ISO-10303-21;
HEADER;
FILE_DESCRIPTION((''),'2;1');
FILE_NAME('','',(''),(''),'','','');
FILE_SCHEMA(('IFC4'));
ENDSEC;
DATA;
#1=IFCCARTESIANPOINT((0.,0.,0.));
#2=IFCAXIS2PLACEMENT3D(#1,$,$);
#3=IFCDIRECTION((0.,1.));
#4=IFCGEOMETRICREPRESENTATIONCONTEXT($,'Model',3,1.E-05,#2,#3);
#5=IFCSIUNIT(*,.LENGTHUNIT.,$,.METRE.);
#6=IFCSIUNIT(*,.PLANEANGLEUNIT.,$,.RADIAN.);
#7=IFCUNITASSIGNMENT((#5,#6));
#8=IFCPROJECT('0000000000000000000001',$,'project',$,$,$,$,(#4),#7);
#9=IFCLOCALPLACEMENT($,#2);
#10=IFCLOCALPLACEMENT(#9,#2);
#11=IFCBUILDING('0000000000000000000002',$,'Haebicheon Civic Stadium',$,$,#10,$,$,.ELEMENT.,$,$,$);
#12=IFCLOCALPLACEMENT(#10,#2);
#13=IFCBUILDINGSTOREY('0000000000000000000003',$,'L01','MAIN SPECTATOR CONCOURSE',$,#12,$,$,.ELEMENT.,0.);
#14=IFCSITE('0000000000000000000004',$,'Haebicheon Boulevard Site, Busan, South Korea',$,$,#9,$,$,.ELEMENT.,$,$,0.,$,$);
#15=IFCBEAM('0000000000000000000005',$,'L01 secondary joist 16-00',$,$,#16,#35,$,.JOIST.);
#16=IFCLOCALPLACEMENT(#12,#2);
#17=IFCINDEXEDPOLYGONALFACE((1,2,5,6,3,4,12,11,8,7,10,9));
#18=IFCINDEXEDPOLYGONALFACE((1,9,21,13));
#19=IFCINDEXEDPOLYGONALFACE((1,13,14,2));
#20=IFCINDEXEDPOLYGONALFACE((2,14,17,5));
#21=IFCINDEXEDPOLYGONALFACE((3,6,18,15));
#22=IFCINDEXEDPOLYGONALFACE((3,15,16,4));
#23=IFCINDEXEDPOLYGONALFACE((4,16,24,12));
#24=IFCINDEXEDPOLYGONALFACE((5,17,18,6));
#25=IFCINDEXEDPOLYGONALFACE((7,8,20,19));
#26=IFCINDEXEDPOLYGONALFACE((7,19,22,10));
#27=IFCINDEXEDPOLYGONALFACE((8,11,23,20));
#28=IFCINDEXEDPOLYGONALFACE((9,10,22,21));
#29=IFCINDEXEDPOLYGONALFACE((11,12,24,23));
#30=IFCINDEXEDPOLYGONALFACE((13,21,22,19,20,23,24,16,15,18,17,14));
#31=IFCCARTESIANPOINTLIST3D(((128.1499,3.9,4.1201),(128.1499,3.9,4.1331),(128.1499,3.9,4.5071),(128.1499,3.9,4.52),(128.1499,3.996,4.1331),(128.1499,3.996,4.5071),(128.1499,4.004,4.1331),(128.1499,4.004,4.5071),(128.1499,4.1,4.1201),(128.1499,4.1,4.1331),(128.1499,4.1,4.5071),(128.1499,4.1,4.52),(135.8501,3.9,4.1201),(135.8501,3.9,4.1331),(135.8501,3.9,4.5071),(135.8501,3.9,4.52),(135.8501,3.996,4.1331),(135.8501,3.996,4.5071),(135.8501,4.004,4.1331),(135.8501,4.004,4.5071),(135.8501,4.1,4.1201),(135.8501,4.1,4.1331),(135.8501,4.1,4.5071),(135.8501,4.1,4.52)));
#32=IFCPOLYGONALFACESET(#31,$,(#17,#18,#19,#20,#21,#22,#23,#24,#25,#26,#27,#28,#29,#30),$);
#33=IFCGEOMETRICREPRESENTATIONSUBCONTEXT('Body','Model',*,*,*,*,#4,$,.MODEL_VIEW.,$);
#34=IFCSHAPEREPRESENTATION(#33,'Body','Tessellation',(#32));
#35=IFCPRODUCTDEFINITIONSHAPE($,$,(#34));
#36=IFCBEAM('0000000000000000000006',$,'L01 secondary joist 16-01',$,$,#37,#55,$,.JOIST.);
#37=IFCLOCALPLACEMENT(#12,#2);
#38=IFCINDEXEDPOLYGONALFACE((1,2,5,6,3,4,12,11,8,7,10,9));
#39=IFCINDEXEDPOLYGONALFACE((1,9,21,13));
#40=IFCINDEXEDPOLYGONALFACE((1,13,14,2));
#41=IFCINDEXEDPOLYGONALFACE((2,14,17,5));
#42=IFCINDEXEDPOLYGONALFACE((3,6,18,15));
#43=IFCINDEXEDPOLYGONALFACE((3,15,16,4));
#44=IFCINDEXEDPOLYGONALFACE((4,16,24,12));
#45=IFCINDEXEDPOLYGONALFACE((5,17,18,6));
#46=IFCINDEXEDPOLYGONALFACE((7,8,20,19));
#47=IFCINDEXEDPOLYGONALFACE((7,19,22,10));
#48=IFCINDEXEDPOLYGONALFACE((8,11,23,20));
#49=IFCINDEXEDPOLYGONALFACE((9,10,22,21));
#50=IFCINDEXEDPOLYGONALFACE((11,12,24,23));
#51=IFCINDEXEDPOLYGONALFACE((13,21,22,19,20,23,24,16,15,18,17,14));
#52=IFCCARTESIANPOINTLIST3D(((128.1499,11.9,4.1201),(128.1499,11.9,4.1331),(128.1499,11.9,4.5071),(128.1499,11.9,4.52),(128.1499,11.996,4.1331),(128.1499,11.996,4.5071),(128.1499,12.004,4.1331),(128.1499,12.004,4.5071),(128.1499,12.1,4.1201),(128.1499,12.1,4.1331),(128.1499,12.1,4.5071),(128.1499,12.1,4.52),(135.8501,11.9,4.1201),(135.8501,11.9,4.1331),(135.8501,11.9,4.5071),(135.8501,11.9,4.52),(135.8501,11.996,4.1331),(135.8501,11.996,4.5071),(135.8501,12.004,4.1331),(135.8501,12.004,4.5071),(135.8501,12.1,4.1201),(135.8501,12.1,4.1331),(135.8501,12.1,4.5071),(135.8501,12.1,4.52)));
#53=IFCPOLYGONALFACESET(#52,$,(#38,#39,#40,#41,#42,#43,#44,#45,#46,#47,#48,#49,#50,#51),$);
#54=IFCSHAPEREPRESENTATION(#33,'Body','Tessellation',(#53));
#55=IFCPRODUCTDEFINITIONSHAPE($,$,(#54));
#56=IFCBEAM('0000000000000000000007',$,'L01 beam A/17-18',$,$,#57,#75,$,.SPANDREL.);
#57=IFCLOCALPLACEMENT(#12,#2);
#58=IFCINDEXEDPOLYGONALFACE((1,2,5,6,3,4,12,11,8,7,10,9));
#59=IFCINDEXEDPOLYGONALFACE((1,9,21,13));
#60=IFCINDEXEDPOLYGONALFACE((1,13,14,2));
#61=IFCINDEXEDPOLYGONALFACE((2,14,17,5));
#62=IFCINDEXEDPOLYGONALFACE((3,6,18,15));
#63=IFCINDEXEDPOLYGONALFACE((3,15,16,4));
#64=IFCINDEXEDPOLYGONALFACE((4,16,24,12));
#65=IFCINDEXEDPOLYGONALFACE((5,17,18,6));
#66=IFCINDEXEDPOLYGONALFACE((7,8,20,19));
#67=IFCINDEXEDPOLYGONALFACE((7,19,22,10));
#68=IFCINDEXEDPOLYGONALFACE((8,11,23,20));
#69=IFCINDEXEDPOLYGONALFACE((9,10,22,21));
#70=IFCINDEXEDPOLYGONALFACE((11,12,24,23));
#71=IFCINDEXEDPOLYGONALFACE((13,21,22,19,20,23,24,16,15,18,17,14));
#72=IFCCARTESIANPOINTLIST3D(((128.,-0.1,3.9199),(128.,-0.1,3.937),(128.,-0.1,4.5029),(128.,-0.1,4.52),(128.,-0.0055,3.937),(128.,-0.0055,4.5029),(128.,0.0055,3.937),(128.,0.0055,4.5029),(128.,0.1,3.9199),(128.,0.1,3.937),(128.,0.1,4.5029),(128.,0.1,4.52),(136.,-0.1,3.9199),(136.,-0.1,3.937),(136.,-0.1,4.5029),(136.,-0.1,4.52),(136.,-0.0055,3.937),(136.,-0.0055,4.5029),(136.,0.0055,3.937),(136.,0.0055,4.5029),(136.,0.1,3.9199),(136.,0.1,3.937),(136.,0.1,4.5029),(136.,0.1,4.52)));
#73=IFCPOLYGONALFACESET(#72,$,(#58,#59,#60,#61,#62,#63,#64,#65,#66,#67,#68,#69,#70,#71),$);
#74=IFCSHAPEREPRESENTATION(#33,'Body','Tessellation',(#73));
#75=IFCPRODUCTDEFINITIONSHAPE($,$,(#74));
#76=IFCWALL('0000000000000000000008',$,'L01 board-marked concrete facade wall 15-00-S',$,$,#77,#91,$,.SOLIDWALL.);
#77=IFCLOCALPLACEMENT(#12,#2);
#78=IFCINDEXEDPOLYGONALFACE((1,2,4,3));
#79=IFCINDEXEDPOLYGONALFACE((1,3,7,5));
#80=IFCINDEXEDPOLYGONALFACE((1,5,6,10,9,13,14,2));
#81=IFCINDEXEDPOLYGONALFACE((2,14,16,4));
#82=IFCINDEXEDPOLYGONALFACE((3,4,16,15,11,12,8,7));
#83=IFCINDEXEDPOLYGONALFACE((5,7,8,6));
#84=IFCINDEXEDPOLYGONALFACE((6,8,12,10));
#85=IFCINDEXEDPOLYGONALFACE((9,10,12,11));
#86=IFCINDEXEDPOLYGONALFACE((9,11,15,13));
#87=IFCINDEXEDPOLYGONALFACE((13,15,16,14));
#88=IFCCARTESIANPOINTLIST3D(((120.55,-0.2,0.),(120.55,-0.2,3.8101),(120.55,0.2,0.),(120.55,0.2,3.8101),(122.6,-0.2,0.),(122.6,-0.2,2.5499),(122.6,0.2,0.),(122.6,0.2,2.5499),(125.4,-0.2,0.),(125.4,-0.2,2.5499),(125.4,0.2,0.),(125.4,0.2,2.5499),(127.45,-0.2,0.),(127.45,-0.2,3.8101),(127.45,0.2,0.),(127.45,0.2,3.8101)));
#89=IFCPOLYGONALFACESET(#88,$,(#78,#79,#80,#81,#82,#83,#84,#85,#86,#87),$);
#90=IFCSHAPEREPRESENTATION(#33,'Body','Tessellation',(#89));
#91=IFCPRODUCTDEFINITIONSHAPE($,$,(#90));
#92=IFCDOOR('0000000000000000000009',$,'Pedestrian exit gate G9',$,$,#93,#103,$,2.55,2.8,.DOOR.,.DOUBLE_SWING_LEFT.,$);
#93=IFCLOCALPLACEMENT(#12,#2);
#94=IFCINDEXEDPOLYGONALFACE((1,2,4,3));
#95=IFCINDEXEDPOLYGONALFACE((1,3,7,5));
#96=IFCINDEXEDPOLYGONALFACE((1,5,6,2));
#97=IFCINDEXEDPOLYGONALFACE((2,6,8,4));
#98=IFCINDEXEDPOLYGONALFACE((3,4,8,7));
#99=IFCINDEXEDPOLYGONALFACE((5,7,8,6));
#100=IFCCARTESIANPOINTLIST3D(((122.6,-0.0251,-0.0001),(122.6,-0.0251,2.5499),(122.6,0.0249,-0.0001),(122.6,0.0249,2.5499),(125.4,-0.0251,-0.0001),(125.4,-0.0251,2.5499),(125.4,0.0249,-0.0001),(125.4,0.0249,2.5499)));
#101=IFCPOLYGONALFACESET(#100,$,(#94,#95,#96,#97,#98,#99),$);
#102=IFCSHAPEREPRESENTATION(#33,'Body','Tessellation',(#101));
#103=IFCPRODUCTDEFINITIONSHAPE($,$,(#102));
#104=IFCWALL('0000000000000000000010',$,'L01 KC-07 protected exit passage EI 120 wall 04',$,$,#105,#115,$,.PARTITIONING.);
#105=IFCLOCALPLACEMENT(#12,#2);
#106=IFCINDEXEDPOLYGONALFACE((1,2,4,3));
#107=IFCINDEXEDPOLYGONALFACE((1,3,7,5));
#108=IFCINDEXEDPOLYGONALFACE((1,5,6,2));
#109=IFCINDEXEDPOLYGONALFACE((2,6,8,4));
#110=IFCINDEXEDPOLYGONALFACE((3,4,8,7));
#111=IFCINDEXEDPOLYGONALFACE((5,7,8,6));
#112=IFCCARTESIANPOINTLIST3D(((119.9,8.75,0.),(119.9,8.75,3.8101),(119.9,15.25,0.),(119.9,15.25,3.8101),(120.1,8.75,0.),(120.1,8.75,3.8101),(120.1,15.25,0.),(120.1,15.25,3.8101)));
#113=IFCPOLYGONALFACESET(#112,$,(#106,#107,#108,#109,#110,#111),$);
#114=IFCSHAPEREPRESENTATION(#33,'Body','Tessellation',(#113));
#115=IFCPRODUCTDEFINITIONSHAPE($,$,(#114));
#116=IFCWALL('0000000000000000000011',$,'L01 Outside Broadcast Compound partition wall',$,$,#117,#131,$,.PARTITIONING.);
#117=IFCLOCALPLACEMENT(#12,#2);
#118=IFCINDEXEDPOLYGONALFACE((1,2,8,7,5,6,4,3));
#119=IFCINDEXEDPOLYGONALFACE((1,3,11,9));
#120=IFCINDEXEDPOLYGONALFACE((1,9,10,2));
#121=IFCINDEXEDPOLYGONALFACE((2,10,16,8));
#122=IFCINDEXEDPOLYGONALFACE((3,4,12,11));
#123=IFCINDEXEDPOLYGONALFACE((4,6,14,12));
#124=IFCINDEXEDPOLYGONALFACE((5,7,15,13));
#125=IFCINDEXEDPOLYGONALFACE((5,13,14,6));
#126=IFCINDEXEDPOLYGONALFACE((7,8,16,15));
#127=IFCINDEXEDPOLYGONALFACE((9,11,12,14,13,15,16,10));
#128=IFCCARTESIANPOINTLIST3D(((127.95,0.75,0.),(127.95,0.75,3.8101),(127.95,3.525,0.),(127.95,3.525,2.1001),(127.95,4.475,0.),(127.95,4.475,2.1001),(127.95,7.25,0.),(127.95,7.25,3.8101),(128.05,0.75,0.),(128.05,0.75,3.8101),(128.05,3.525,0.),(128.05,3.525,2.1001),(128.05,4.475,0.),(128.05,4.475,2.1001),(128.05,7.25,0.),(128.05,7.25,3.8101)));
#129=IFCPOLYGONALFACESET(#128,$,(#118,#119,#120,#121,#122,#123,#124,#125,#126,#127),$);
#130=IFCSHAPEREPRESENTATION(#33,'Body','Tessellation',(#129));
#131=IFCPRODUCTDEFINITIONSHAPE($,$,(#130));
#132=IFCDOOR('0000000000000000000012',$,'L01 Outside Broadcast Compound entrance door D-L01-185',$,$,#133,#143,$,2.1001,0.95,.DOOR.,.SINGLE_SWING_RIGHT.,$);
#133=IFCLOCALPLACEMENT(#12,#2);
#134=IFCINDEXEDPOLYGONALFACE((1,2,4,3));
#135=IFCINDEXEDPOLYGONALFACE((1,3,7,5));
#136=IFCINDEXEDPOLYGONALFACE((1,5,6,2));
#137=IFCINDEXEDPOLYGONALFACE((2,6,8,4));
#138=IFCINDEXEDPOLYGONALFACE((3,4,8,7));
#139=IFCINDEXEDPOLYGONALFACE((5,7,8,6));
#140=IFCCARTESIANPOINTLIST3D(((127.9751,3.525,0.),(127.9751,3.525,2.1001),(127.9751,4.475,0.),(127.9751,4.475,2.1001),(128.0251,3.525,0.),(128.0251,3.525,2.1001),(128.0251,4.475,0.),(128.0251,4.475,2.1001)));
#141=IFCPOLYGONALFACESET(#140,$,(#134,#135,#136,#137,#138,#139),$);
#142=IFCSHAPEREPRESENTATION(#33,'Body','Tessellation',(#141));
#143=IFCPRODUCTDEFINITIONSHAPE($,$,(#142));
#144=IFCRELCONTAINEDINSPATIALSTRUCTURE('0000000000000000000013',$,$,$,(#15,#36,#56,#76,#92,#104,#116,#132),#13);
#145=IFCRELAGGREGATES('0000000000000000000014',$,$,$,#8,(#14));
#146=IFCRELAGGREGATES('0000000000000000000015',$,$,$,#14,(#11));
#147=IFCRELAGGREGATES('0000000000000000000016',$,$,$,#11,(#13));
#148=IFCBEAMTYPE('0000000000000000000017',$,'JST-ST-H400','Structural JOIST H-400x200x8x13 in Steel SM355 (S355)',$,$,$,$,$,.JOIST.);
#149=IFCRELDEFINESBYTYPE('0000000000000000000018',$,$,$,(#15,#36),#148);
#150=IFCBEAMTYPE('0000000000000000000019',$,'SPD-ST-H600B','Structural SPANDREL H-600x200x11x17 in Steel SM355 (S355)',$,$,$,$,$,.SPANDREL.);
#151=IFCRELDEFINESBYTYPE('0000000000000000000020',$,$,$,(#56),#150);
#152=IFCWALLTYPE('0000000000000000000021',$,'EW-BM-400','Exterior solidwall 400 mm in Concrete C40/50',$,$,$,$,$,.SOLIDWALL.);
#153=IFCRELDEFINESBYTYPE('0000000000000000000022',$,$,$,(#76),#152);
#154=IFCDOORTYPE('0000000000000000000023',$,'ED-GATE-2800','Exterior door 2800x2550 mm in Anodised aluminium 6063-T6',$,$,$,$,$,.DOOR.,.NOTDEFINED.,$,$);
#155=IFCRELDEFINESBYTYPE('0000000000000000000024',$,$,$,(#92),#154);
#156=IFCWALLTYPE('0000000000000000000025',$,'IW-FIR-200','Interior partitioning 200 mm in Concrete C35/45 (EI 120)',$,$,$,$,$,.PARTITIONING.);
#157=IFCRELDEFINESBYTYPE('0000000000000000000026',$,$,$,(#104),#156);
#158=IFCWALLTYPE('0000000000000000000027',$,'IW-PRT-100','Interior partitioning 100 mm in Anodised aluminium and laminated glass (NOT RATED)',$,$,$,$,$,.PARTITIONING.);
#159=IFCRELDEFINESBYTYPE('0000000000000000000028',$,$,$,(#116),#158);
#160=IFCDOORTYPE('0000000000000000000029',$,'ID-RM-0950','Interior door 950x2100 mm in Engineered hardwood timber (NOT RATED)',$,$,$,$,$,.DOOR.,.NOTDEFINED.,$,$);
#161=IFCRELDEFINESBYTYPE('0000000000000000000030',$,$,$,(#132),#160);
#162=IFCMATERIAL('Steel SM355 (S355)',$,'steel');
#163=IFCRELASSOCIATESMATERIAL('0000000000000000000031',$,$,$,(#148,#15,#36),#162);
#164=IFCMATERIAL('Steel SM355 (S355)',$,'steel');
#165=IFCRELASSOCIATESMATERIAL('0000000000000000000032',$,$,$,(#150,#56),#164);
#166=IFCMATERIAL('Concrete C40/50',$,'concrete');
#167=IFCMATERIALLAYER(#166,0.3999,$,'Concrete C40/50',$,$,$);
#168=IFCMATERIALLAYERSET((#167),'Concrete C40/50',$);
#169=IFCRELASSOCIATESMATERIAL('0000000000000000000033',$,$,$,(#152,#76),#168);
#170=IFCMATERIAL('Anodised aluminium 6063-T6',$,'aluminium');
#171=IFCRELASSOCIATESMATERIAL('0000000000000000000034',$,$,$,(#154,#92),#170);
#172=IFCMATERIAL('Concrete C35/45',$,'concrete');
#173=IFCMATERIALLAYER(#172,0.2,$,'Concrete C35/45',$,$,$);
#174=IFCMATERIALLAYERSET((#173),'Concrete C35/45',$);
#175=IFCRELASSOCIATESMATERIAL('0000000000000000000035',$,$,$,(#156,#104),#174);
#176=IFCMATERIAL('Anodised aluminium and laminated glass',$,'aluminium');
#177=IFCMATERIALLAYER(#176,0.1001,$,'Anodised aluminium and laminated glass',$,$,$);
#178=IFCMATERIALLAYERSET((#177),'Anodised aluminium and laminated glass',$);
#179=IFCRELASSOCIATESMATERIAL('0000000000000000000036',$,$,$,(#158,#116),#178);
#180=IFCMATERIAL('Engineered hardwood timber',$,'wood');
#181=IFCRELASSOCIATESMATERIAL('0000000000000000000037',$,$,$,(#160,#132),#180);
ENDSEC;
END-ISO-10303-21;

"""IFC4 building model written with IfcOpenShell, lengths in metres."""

from ifc_helpers import new_model, si_unit, direction, frame, frame_2d, origin, origin_2d, place, context, subcontext, project, spatial, rectangle, i_section, extrude, material, layer, layer_set, material_profile, profile_set, type_object, element, fill, save


model = new_model("IFC4")

# Units and contexts
model_context = context("Model", 3, precision=1e-05, world=origin(), true_north=direction((0.0, 1.0)))
body_context = subcontext(model_context, "Body", "Model", "MODEL_VIEW")
ifc_project = project(units=[si_unit("LENGTHUNIT", "METRE"), si_unit("PLANEANGLEUNIT", "RADIAN")], contexts=[model_context])

# Site, building, storey
site_placement = place(None, origin())
site = spatial("IfcSite", under=ifc_project, at=site_placement, Name="Haebicheon Boulevard Site, Busan, South Korea", CompositionType="ELEMENT", RefElevation=0.0)
building_placement = place(site_placement, origin())
building = spatial("IfcBuilding", under=site, at=building_placement, Name="Haebicheon Civic Stadium", CompositionType="ELEMENT")
storey_placement = place(building_placement, origin())
storey = spatial("IfcBuildingStorey", under=building, at=storey_placement, Name="L01", Description="MAIN SPECTATOR CONCOURSE", CompositionType="ELEMENT", Elevation=0.0)

# Beams
ifc_material_1 = material(Name="Steel SM355 (S355)", Category="steel")
ifc_material_profile_1 = material_profile(ifc_material_1, i_section(OverallWidth=0.2, OverallDepth=0.3999, WebThickness=0.0081, FlangeThickness=0.0129, at=origin_2d()), Name="H-400x200x8x13")
ifc_profile_set_1 = profile_set([ifc_material_profile_1], Name="Steel SM355 (S355)")
beam_type_1 = type_object("IfcBeamType", Name="JST-ST-H400", Description="Structural JOIST H-400x200x8x13 in Steel SM355 (S355)", PredefinedType="JOIST", material=ifc_profile_set_1)
for number, where, z_axis, x_axis, name in (
    (1, (128.1499, 4.0, 4.3201), (1.0, 0.0, 0.0), (0.0, 1.0, 0.0), "L01 secondary joist 16-00"),
    (2, (128.1499, 12.0, 4.3201), (1.0, 0.0, 0.0), (0.0, 1.0, 0.0), "L01 secondary joist 16-01"),
):
    element("IfcBeam", number, at=place(storey_placement, frame(where, z_axis=z_axis, x_axis=x_axis)), inside=storey, type_object=beam_type_1, material=ifc_profile_set_1, Name=name, PredefinedType="JOIST", context=body_context, shape_type="SweptSolid", body=[
        extrude(i_section(OverallWidth=0.2, OverallDepth=0.3999, WebThickness=0.0081, FlangeThickness=0.0129, at=origin_2d()), origin(), (0.0, 0.0, 1.0), 7.7002),
    ])
ifc_material_2 = material(Name="Steel SM355 (S355)", Category="steel")
ifc_material_profile_2 = material_profile(ifc_material_2, i_section(OverallWidth=0.2, OverallDepth=0.6001, WebThickness=0.011, FlangeThickness=0.0171, at=origin_2d()), Name="H-600x200x11x17")
ifc_profile_set_2 = profile_set([ifc_material_profile_2], Name="Steel SM355 (S355)")
beam_type_2 = type_object("IfcBeamType", Name="SPD-ST-H600B", Description="Structural SPANDREL H-600x200x11x17 in Steel SM355 (S355)", PredefinedType="SPANDREL", material=ifc_profile_set_2)
beam_placement = place(storey_placement, frame((128.0, 0.0, 4.22), z_axis=(1.0, 0.0, 0.0), x_axis=(0.0, 1.0, 0.0)))
element("IfcBeam", 3, at=beam_placement, inside=storey, type_object=beam_type_2, material=ifc_profile_set_2, Name="L01 beam A/17-18", PredefinedType="SPANDREL", context=body_context, shape_type="SweptSolid", body=[
    extrude(i_section(OverallWidth=0.2, OverallDepth=0.6001, WebThickness=0.011, FlangeThickness=0.0171, at=origin_2d()), origin(), (0.0, 0.0, 1.0), 8.0),
])

# Wall, opening, door
ifc_material_3 = material(Name="Concrete C40/50", Category="concrete")
ifc_layer_1 = layer(ifc_material_3, 0.3999, Name="Concrete C40/50")
ifc_layer_set_1 = layer_set([ifc_layer_1], Name="Concrete C40/50")
wall_type_1 = type_object("IfcWallType", Name="EW-BM-400", Description="Exterior solidwall 400 mm in Concrete C40/50", PredefinedType="SOLIDWALL", material=ifc_layer_set_1)
wall_1_placement = place(storey_placement, frame((120.55, 0.0, 0.0), z_axis=(0.0, 0.0, 1.0), x_axis=(1.0, 0.0, 0.0)))
wall_1 = element("IfcWall", 4, at=wall_1_placement, inside=storey, type_object=wall_type_1, material=ifc_layer_set_1, Name="L01 board-marked concrete facade wall 15-00-S", PredefinedType="SOLIDWALL", context=body_context, shape_type="SweptSolid", body=[
    extrude(rectangle(XDim=6.8999, YDim=0.3999, at=frame_2d((3.45, 0.0))), origin(), (0.0, 0.0, 1.0), 3.8101),
])
opening_1_placement = place(wall_1_placement, frame((2.05, 0.0, 0.0)))
opening_1 = element("IfcOpeningElement", 5, at=opening_1_placement, cuts=wall_1, PredefinedType="OPENING", context=body_context, shape_type="SweptSolid", body=[
    extrude(rectangle(XDim=2.8, YDim=2.55, at=frame_2d((1.3999, 1.2749))), frame((0.0, 0.21, 0.0), z_axis=(0.0, -1.0, 0.0), x_axis=(1.0, 0.0, 0.0)), (0.0, 0.0, 1.0), 0.4199),
])
ifc_material_4 = material(Name="Anodised aluminium 6063-T6", Category="aluminium")
door_type_1 = type_object("IfcDoorType", Name="ED-GATE-2800", Description="Exterior door 2800x2550 mm in Anodised aluminium 6063-T6", OperationType="NOTDEFINED", PredefinedType="DOOR", material=ifc_material_4)
door_1_placement = place(opening_1_placement, origin())
door_1 = element("IfcDoor", 6, at=door_1_placement, inside=storey, type_object=door_type_1, material=ifc_material_4, Name="Pedestrian exit gate G9", OperationType="DOUBLE_SWING_LEFT", OverallHeight=2.55, OverallWidth=2.8, PredefinedType="DOOR", context=body_context, shape_type="SweptSolid", body=[
    extrude(rectangle(XDim=2.8, YDim=2.55, at=frame_2d((1.3999, 1.2749))), frame((0.0, 0.0249, 0.0), z_axis=(0.0, -1.0, 0.0), x_axis=(1.0, 0.0, 0.0)), (0.0, 0.0, 1.0), 0.05),
])
fill(opening_1, door_1)

# Wall
ifc_material_5 = material(Name="Concrete C35/45", Category="concrete")
ifc_layer_2 = layer(ifc_material_5, 0.2, Name="Concrete C35/45")
ifc_layer_set_2 = layer_set([ifc_layer_2], Name="Concrete C35/45")
wall_type_2 = type_object("IfcWallType", Name="IW-FIR-200", Description="Interior partitioning 200 mm in Concrete C35/45 (EI 120)", PredefinedType="PARTITIONING", material=ifc_layer_set_2)
wall_2_placement = place(storey_placement, frame((120.0, 8.75, 0.0), z_axis=(0.0, 0.0, 1.0), x_axis=(0.0, 1.0, 0.0)))
element("IfcWall", 7, at=wall_2_placement, inside=storey, type_object=wall_type_2, material=ifc_layer_set_2, Name="L01 KC-07 protected exit passage EI 120 wall 04", PredefinedType="PARTITIONING", context=body_context, shape_type="SweptSolid", body=[
    extrude(rectangle(XDim=6.5, YDim=0.2, at=frame_2d((3.25, 0.0))), origin(), (0.0, 0.0, 1.0), 3.8101),
])

# Wall, opening, door
ifc_material_6 = material(Name="Anodised aluminium and laminated glass", Category="aluminium")
ifc_layer_3 = layer(ifc_material_6, 0.1001, Name="Anodised aluminium and laminated glass")
ifc_layer_set_3 = layer_set([ifc_layer_3], Name="Anodised aluminium and laminated glass")
wall_type_3 = type_object("IfcWallType", Name="IW-PRT-100", Description="Interior partitioning 100 mm in Anodised aluminium and laminated glass (NOT RATED)", PredefinedType="PARTITIONING", material=ifc_layer_set_3)
wall_3_placement = place(storey_placement, frame((128.0, 0.75, 0.0), z_axis=(0.0, 0.0, 1.0), x_axis=(0.0, 1.0, 0.0)))
wall_3 = element("IfcWall", 8, at=wall_3_placement, inside=storey, type_object=wall_type_3, material=ifc_layer_set_3, Name="L01 Outside Broadcast Compound partition wall", PredefinedType="PARTITIONING", context=body_context, shape_type="SweptSolid", body=[
    extrude(rectangle(XDim=6.5, YDim=0.1001, at=frame_2d((3.25, 0.0))), origin(), (0.0, 0.0, 1.0), 3.8101),
])
opening_2_placement = place(wall_3_placement, frame((2.7749, 0.0, 0.0)))
opening_2 = element("IfcOpeningElement", 9, at=opening_2_placement, cuts=wall_3, PredefinedType="OPENING", context=body_context, shape_type="SweptSolid", body=[
    extrude(rectangle(XDim=0.95, YDim=2.1001, at=frame_2d((0.4751, 1.05))), frame((0.0, 0.0601, 0.0), z_axis=(0.0, -1.0, 0.0), x_axis=(1.0, 0.0, 0.0)), (0.0, 0.0, 1.0), 0.1201),
])
ifc_material_7 = material(Name="Engineered hardwood timber", Category="wood")
door_type_2 = type_object("IfcDoorType", Name="ID-RM-0950", Description="Interior door 950x2100 mm in Engineered hardwood timber (NOT RATED)", OperationType="NOTDEFINED", PredefinedType="DOOR", material=ifc_material_7)
door_2_placement = place(opening_2_placement, origin())
door_2 = element("IfcDoor", 10, at=door_2_placement, inside=storey, type_object=door_type_2, material=ifc_material_7, Name="L01 Outside Broadcast Compound entrance door D-L01-185", OperationType="SINGLE_SWING_RIGHT", OverallHeight=2.1001, OverallWidth=0.95, PredefinedType="DOOR", context=body_context, shape_type="SweptSolid", body=[
    extrude(rectangle(XDim=0.95, YDim=2.1001, at=frame_2d((0.4751, 1.05))), frame((0.0, 0.0249, 0.0), z_axis=(0.0, -1.0, 0.0), x_axis=(1.0, 0.0, 0.0)), (0.0, 0.0, 1.0), 0.05),
])
fill(opening_2, door_2)

save(model, "model.ifc")
